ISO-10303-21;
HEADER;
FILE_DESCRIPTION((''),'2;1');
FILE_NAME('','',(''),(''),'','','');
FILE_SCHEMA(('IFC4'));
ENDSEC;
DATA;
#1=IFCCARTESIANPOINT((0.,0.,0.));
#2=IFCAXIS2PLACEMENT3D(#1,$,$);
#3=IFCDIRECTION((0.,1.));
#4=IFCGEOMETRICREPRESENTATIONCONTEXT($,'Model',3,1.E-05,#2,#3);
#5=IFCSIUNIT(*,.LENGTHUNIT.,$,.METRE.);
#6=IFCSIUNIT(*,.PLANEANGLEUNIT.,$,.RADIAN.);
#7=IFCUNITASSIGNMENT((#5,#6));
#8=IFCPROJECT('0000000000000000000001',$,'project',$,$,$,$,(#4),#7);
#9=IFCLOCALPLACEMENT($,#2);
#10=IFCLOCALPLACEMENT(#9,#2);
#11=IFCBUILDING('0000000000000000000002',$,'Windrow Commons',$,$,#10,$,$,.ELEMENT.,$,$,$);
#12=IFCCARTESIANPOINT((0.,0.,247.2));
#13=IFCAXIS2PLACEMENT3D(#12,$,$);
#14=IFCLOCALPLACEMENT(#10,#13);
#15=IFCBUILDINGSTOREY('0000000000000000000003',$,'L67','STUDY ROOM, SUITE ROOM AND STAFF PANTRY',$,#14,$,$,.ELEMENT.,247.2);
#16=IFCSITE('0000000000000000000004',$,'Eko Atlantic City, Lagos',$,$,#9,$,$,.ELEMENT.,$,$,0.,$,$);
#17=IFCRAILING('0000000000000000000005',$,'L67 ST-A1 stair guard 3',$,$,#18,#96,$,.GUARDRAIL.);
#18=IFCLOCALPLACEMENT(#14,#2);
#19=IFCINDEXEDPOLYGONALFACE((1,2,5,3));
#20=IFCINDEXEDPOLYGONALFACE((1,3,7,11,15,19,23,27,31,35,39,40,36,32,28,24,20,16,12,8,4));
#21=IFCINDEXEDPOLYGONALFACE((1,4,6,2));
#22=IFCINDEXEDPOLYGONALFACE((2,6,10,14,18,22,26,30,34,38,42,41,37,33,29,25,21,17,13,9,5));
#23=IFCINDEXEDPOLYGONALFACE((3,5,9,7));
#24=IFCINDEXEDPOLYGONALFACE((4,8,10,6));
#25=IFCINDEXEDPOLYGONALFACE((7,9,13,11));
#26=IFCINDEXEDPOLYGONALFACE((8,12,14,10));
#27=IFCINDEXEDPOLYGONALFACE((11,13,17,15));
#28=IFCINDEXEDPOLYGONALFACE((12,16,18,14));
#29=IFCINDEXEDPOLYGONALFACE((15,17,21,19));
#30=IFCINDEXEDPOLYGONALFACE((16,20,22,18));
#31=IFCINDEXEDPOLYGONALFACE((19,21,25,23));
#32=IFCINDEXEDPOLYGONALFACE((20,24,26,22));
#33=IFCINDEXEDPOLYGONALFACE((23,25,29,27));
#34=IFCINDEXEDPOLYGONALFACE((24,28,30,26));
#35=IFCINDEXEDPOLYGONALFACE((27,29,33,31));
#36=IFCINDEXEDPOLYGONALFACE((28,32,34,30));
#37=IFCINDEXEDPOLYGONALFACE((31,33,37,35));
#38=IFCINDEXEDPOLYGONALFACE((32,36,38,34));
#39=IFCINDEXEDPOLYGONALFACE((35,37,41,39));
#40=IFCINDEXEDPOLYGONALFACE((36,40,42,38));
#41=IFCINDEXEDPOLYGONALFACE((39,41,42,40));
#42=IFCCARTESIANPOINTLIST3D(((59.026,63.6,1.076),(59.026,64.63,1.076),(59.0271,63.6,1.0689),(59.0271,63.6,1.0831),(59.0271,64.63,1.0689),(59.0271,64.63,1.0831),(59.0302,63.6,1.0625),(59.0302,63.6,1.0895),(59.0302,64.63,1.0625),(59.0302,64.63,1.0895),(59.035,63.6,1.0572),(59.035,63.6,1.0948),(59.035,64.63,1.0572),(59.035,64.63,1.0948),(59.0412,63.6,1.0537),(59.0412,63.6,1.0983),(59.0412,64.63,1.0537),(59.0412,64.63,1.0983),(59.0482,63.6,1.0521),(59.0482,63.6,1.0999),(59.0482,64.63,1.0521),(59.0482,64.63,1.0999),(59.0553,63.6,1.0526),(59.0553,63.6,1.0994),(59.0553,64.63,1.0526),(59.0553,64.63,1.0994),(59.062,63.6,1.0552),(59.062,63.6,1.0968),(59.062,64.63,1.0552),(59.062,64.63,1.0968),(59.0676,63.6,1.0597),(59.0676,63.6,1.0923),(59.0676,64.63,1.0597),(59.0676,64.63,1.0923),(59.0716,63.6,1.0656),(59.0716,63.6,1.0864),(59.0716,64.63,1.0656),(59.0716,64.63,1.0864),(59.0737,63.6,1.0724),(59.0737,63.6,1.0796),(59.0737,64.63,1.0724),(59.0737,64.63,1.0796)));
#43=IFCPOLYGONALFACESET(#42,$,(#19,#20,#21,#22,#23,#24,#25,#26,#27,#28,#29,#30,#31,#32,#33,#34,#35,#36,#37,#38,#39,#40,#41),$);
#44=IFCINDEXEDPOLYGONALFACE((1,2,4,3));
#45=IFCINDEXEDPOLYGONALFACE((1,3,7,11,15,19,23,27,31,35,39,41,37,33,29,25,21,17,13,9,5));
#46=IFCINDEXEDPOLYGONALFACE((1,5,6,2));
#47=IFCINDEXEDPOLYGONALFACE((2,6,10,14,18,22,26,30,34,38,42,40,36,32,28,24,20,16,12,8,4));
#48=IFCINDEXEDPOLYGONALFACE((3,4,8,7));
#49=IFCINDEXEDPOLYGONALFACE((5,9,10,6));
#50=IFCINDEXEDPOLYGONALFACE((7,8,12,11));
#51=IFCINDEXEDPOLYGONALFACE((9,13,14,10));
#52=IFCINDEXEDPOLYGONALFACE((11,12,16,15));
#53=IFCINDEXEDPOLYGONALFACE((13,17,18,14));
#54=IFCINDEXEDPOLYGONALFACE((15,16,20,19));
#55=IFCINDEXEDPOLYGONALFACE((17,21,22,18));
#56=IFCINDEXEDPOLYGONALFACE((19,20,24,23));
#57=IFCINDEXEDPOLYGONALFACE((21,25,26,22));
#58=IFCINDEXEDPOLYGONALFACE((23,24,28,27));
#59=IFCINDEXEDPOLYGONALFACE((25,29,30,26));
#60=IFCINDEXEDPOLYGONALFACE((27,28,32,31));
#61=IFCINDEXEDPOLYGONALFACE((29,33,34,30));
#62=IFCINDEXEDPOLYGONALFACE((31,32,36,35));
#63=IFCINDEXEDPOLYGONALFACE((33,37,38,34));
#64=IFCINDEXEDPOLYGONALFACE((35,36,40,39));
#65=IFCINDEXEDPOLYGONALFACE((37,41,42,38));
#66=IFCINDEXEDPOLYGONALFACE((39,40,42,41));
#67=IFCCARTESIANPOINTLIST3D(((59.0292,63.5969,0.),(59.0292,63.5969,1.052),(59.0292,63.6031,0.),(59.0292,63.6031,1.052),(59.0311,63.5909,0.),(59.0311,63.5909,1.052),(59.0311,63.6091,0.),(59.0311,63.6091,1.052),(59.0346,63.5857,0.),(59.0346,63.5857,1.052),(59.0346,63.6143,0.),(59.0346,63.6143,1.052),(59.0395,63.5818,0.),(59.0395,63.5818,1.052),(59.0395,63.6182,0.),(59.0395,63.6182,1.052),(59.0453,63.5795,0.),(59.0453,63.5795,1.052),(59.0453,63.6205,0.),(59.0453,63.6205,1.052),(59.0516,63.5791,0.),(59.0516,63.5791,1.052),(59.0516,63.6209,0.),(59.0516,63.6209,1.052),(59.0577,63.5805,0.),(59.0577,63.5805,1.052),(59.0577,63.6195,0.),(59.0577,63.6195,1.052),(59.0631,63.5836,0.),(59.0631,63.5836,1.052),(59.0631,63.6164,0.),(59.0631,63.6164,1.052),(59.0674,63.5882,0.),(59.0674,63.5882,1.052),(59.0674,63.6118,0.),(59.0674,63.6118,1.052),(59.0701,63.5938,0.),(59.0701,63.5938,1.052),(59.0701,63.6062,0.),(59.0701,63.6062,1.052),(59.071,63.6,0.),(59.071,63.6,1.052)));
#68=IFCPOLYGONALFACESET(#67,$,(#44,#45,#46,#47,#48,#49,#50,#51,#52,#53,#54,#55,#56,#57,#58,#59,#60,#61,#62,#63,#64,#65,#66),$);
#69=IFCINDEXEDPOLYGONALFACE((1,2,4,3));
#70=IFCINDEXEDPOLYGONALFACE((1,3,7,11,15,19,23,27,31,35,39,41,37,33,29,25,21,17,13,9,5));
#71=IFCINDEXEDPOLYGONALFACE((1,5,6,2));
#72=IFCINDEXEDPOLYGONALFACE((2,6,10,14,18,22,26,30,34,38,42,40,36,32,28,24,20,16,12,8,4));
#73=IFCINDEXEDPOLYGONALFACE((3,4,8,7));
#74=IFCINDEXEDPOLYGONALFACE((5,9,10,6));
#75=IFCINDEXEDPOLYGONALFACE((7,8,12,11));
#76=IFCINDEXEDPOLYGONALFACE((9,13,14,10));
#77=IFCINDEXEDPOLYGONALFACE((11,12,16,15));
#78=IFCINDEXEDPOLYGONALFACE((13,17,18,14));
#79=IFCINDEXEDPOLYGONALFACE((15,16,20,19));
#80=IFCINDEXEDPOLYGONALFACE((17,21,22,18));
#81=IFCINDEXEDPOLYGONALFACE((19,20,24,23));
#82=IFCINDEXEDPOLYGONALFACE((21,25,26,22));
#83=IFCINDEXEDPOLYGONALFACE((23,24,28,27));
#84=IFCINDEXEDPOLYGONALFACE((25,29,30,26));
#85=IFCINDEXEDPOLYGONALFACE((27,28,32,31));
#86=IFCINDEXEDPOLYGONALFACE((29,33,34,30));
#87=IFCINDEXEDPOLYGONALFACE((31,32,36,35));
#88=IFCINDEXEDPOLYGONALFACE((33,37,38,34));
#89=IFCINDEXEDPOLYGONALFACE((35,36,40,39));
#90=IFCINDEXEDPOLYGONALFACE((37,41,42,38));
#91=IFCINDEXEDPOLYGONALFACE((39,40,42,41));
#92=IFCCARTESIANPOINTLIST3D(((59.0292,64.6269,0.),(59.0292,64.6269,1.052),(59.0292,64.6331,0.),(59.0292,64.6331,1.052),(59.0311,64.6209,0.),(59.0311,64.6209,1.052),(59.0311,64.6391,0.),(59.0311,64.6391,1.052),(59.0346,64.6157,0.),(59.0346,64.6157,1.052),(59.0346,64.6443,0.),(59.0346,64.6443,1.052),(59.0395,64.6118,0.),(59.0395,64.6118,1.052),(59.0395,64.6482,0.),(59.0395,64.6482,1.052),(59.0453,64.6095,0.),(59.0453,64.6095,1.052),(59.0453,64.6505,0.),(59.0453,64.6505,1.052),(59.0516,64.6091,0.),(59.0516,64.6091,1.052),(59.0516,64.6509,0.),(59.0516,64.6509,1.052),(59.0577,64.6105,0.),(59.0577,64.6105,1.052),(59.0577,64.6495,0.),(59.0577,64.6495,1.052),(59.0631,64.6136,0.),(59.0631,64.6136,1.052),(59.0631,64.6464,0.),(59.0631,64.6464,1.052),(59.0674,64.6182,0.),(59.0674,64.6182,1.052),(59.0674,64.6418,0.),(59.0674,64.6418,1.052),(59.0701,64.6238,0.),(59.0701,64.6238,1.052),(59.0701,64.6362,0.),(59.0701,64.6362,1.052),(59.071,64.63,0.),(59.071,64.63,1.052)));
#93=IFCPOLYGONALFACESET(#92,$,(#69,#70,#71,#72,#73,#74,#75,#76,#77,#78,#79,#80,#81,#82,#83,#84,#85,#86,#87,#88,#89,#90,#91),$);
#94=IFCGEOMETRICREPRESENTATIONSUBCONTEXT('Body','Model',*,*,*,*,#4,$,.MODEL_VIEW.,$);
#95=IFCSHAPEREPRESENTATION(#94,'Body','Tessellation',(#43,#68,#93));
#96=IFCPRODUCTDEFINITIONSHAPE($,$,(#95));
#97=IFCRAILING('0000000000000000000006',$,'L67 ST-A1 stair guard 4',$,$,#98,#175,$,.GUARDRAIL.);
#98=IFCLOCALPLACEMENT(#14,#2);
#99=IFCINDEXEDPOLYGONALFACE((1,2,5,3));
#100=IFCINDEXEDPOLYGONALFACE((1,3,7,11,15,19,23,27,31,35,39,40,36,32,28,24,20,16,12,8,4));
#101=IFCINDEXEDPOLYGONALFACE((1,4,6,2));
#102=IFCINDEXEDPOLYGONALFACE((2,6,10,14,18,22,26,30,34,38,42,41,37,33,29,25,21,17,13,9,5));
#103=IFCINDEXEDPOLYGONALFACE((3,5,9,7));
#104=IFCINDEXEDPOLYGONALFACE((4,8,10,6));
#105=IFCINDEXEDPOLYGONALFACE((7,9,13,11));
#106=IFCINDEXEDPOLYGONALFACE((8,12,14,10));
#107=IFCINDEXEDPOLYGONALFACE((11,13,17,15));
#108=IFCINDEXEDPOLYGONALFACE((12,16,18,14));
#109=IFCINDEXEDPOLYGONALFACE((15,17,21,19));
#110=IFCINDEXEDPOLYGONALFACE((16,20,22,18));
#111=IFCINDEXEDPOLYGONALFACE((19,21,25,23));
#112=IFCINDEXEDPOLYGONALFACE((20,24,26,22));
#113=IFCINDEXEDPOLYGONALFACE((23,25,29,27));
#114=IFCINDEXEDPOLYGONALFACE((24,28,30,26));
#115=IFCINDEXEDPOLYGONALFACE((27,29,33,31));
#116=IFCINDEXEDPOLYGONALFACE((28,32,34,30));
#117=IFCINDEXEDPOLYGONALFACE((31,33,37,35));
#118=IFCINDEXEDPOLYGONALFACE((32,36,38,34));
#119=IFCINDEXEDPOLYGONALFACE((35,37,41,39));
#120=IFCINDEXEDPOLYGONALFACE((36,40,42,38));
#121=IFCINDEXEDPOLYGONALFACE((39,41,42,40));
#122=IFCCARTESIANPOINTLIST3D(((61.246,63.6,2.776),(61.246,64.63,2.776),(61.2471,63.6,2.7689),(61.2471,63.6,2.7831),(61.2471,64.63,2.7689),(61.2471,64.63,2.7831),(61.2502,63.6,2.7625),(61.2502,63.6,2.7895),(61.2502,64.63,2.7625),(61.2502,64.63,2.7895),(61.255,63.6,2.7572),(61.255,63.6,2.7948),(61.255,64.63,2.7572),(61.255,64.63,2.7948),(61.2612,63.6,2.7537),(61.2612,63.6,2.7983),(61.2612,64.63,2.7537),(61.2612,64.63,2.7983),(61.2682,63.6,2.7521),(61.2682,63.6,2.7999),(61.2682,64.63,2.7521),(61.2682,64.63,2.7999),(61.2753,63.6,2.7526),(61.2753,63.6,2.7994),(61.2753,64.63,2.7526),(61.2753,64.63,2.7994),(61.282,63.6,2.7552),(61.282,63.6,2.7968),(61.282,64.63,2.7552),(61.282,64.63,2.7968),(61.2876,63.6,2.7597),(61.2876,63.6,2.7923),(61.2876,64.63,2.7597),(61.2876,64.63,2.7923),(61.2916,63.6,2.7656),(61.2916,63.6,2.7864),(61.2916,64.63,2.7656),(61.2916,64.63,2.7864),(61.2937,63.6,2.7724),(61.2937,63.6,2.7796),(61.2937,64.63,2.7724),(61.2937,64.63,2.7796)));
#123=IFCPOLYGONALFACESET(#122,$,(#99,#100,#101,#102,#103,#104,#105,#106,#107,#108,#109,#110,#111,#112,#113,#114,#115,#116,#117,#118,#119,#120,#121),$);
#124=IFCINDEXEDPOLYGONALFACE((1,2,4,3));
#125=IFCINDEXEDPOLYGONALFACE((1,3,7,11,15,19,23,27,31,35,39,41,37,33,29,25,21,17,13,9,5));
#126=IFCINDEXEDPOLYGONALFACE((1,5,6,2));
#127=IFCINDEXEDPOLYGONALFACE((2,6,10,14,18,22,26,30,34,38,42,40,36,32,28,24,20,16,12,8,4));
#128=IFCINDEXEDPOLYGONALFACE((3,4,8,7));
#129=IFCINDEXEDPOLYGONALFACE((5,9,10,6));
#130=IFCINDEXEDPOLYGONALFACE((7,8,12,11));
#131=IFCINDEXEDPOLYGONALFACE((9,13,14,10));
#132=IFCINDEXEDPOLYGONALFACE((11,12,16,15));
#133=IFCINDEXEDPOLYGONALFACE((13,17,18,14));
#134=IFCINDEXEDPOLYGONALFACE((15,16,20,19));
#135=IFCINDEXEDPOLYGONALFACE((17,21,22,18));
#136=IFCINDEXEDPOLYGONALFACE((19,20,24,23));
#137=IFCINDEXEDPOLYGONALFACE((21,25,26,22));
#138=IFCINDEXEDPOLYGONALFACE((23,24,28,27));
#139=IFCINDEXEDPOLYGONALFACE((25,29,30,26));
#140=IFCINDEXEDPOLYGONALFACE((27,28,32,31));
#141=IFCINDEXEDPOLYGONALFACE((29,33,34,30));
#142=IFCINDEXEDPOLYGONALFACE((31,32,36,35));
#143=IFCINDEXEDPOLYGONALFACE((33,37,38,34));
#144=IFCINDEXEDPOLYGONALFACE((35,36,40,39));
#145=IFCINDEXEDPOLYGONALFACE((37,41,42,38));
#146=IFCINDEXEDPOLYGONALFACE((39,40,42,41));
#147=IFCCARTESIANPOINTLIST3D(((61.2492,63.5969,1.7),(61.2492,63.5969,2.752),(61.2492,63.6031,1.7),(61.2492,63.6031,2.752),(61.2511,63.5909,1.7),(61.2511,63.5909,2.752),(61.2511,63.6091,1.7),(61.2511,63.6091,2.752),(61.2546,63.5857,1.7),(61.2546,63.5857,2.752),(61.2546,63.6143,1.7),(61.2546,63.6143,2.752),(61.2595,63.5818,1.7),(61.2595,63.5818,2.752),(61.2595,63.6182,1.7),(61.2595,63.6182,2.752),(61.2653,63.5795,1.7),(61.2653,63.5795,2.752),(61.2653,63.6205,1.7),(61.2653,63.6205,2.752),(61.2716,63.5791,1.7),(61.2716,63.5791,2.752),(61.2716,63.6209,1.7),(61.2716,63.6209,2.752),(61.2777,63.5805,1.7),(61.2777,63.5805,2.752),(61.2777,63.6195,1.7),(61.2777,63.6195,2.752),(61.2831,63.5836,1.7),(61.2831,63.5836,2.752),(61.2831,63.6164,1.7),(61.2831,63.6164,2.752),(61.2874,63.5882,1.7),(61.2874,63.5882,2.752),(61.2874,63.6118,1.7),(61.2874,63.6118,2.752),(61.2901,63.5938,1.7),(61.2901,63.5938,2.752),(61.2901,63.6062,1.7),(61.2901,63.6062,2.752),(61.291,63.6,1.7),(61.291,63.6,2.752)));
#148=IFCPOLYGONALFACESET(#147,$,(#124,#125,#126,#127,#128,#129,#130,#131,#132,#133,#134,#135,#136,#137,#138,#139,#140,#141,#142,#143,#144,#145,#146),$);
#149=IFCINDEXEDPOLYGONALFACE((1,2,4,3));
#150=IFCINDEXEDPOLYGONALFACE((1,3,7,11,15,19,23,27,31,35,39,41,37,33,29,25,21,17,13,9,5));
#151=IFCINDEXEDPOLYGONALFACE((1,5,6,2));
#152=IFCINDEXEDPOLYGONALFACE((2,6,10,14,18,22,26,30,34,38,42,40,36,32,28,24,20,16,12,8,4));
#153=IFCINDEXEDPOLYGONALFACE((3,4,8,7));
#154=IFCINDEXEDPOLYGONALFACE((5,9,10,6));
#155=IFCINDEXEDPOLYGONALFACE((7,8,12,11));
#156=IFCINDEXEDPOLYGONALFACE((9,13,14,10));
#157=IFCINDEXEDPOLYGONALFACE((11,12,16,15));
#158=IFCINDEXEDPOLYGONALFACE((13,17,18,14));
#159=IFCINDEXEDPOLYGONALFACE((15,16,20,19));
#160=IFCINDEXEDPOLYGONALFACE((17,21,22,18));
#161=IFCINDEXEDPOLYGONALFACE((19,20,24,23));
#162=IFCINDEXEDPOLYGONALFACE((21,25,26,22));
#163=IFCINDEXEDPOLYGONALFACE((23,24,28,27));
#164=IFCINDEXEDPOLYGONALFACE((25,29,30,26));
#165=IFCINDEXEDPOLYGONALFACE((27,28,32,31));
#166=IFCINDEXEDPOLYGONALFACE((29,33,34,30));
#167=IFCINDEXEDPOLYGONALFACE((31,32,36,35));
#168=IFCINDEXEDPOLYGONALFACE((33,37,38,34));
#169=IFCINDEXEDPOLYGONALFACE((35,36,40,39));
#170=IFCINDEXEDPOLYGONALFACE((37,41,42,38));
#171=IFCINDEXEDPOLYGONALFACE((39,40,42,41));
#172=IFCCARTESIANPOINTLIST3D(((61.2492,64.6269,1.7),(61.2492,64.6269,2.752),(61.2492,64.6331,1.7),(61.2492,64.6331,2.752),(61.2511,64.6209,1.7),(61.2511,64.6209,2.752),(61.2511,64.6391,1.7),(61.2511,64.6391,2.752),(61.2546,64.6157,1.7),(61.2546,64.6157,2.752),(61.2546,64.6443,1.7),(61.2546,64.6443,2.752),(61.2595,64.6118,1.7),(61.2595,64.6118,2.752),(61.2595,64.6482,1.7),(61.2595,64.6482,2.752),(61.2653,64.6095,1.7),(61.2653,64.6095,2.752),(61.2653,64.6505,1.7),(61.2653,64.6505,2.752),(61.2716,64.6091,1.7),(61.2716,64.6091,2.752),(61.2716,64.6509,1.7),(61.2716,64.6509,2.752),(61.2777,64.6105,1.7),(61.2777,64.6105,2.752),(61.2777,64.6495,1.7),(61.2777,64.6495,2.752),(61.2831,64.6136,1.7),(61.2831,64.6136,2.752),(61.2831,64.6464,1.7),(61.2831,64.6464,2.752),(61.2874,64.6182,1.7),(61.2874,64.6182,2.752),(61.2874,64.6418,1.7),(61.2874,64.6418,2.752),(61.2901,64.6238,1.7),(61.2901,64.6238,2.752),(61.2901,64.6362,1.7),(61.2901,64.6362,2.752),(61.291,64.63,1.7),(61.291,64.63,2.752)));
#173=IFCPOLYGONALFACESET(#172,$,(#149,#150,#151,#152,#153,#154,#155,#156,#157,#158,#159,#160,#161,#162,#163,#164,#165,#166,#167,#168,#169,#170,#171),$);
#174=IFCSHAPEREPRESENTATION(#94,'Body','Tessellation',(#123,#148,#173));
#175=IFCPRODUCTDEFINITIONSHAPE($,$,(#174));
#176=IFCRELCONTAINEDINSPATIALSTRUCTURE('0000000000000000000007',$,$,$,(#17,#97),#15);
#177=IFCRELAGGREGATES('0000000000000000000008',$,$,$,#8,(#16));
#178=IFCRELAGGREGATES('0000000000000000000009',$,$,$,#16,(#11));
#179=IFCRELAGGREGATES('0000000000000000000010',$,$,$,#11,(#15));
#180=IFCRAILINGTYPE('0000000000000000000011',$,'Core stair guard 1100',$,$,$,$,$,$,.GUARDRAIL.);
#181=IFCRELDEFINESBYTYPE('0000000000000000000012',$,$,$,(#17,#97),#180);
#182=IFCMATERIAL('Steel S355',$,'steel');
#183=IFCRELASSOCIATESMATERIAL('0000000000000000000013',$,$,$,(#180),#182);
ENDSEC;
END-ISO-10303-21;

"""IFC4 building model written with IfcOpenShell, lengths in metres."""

from ifc_helpers import new_model, si_unit, direction, frame, origin, origin_2d, place, context, subcontext, project, spatial, circle, extrude, material, type_object, element, save


model = new_model("IFC4")

# Units and contexts
model_context = context("Model", 3, precision=1e-05, world=origin(), true_north=direction((0.0, 1.0)))
body_context = subcontext(model_context, "Body", "Model", "MODEL_VIEW")
ifc_project = project(units=[si_unit("LENGTHUNIT", "METRE"), si_unit("PLANEANGLEUNIT", "RADIAN")], contexts=[model_context])

# Site, building, storey
site_placement = place(None, origin())
site = spatial("IfcSite", under=ifc_project, at=site_placement, Name="Eko Atlantic City, Lagos", CompositionType="ELEMENT", RefElevation=0.0)
building_placement = place(site_placement, origin())
building = spatial("IfcBuilding", under=site, at=building_placement, Name="Windrow Commons", CompositionType="ELEMENT")
storey_placement = place(building_placement, frame((0.0, 0.0, 247.2)))
storey = spatial("IfcBuildingStorey", under=building, at=storey_placement, Name="L67", Description="STUDY ROOM, SUITE ROOM AND STAFF PANTRY", CompositionType="ELEMENT", Elevation=247.2)

# Railings
ifc_material_1 = material(Name="Steel S355", Category="steel")
railing_type = type_object("IfcRailingType", Name="Core stair guard 1100", PredefinedType="GUARDRAIL", material=ifc_material_1)
for number, where, name in (
    (1, (59.05, 63.6, 0.0), "L67 ST-A1 stair guard 3"),
    (2, (61.27, 63.6, 1.7), "L67 ST-A1 stair guard 4"),
):
    element("IfcRailing", number, at=place(storey_placement, frame(where)), inside=storey, type_object=railing_type, Name=name, PredefinedType="GUARDRAIL", context=body_context, shape_type="SweptSolid", body=[
        extrude(circle(Radius=0.024, at=origin_2d()), frame((0.0, 0.0, 1.076), z_axis=(0.0, 1.0, 0.0), x_axis=(-1.0, 0.0, 0.0)), (0.0, 0.0, 1.0), 1.03),
        extrude(circle(Radius=0.021, at=origin_2d()), origin(), (0.0, 0.0, 1.0), 1.052),
        extrude(circle(Radius=0.021, at=origin_2d()), frame((0.0, 1.03, 0.0)), (0.0, 0.0, 1.0), 1.052),
    ])

save(model, "model.ifc")
